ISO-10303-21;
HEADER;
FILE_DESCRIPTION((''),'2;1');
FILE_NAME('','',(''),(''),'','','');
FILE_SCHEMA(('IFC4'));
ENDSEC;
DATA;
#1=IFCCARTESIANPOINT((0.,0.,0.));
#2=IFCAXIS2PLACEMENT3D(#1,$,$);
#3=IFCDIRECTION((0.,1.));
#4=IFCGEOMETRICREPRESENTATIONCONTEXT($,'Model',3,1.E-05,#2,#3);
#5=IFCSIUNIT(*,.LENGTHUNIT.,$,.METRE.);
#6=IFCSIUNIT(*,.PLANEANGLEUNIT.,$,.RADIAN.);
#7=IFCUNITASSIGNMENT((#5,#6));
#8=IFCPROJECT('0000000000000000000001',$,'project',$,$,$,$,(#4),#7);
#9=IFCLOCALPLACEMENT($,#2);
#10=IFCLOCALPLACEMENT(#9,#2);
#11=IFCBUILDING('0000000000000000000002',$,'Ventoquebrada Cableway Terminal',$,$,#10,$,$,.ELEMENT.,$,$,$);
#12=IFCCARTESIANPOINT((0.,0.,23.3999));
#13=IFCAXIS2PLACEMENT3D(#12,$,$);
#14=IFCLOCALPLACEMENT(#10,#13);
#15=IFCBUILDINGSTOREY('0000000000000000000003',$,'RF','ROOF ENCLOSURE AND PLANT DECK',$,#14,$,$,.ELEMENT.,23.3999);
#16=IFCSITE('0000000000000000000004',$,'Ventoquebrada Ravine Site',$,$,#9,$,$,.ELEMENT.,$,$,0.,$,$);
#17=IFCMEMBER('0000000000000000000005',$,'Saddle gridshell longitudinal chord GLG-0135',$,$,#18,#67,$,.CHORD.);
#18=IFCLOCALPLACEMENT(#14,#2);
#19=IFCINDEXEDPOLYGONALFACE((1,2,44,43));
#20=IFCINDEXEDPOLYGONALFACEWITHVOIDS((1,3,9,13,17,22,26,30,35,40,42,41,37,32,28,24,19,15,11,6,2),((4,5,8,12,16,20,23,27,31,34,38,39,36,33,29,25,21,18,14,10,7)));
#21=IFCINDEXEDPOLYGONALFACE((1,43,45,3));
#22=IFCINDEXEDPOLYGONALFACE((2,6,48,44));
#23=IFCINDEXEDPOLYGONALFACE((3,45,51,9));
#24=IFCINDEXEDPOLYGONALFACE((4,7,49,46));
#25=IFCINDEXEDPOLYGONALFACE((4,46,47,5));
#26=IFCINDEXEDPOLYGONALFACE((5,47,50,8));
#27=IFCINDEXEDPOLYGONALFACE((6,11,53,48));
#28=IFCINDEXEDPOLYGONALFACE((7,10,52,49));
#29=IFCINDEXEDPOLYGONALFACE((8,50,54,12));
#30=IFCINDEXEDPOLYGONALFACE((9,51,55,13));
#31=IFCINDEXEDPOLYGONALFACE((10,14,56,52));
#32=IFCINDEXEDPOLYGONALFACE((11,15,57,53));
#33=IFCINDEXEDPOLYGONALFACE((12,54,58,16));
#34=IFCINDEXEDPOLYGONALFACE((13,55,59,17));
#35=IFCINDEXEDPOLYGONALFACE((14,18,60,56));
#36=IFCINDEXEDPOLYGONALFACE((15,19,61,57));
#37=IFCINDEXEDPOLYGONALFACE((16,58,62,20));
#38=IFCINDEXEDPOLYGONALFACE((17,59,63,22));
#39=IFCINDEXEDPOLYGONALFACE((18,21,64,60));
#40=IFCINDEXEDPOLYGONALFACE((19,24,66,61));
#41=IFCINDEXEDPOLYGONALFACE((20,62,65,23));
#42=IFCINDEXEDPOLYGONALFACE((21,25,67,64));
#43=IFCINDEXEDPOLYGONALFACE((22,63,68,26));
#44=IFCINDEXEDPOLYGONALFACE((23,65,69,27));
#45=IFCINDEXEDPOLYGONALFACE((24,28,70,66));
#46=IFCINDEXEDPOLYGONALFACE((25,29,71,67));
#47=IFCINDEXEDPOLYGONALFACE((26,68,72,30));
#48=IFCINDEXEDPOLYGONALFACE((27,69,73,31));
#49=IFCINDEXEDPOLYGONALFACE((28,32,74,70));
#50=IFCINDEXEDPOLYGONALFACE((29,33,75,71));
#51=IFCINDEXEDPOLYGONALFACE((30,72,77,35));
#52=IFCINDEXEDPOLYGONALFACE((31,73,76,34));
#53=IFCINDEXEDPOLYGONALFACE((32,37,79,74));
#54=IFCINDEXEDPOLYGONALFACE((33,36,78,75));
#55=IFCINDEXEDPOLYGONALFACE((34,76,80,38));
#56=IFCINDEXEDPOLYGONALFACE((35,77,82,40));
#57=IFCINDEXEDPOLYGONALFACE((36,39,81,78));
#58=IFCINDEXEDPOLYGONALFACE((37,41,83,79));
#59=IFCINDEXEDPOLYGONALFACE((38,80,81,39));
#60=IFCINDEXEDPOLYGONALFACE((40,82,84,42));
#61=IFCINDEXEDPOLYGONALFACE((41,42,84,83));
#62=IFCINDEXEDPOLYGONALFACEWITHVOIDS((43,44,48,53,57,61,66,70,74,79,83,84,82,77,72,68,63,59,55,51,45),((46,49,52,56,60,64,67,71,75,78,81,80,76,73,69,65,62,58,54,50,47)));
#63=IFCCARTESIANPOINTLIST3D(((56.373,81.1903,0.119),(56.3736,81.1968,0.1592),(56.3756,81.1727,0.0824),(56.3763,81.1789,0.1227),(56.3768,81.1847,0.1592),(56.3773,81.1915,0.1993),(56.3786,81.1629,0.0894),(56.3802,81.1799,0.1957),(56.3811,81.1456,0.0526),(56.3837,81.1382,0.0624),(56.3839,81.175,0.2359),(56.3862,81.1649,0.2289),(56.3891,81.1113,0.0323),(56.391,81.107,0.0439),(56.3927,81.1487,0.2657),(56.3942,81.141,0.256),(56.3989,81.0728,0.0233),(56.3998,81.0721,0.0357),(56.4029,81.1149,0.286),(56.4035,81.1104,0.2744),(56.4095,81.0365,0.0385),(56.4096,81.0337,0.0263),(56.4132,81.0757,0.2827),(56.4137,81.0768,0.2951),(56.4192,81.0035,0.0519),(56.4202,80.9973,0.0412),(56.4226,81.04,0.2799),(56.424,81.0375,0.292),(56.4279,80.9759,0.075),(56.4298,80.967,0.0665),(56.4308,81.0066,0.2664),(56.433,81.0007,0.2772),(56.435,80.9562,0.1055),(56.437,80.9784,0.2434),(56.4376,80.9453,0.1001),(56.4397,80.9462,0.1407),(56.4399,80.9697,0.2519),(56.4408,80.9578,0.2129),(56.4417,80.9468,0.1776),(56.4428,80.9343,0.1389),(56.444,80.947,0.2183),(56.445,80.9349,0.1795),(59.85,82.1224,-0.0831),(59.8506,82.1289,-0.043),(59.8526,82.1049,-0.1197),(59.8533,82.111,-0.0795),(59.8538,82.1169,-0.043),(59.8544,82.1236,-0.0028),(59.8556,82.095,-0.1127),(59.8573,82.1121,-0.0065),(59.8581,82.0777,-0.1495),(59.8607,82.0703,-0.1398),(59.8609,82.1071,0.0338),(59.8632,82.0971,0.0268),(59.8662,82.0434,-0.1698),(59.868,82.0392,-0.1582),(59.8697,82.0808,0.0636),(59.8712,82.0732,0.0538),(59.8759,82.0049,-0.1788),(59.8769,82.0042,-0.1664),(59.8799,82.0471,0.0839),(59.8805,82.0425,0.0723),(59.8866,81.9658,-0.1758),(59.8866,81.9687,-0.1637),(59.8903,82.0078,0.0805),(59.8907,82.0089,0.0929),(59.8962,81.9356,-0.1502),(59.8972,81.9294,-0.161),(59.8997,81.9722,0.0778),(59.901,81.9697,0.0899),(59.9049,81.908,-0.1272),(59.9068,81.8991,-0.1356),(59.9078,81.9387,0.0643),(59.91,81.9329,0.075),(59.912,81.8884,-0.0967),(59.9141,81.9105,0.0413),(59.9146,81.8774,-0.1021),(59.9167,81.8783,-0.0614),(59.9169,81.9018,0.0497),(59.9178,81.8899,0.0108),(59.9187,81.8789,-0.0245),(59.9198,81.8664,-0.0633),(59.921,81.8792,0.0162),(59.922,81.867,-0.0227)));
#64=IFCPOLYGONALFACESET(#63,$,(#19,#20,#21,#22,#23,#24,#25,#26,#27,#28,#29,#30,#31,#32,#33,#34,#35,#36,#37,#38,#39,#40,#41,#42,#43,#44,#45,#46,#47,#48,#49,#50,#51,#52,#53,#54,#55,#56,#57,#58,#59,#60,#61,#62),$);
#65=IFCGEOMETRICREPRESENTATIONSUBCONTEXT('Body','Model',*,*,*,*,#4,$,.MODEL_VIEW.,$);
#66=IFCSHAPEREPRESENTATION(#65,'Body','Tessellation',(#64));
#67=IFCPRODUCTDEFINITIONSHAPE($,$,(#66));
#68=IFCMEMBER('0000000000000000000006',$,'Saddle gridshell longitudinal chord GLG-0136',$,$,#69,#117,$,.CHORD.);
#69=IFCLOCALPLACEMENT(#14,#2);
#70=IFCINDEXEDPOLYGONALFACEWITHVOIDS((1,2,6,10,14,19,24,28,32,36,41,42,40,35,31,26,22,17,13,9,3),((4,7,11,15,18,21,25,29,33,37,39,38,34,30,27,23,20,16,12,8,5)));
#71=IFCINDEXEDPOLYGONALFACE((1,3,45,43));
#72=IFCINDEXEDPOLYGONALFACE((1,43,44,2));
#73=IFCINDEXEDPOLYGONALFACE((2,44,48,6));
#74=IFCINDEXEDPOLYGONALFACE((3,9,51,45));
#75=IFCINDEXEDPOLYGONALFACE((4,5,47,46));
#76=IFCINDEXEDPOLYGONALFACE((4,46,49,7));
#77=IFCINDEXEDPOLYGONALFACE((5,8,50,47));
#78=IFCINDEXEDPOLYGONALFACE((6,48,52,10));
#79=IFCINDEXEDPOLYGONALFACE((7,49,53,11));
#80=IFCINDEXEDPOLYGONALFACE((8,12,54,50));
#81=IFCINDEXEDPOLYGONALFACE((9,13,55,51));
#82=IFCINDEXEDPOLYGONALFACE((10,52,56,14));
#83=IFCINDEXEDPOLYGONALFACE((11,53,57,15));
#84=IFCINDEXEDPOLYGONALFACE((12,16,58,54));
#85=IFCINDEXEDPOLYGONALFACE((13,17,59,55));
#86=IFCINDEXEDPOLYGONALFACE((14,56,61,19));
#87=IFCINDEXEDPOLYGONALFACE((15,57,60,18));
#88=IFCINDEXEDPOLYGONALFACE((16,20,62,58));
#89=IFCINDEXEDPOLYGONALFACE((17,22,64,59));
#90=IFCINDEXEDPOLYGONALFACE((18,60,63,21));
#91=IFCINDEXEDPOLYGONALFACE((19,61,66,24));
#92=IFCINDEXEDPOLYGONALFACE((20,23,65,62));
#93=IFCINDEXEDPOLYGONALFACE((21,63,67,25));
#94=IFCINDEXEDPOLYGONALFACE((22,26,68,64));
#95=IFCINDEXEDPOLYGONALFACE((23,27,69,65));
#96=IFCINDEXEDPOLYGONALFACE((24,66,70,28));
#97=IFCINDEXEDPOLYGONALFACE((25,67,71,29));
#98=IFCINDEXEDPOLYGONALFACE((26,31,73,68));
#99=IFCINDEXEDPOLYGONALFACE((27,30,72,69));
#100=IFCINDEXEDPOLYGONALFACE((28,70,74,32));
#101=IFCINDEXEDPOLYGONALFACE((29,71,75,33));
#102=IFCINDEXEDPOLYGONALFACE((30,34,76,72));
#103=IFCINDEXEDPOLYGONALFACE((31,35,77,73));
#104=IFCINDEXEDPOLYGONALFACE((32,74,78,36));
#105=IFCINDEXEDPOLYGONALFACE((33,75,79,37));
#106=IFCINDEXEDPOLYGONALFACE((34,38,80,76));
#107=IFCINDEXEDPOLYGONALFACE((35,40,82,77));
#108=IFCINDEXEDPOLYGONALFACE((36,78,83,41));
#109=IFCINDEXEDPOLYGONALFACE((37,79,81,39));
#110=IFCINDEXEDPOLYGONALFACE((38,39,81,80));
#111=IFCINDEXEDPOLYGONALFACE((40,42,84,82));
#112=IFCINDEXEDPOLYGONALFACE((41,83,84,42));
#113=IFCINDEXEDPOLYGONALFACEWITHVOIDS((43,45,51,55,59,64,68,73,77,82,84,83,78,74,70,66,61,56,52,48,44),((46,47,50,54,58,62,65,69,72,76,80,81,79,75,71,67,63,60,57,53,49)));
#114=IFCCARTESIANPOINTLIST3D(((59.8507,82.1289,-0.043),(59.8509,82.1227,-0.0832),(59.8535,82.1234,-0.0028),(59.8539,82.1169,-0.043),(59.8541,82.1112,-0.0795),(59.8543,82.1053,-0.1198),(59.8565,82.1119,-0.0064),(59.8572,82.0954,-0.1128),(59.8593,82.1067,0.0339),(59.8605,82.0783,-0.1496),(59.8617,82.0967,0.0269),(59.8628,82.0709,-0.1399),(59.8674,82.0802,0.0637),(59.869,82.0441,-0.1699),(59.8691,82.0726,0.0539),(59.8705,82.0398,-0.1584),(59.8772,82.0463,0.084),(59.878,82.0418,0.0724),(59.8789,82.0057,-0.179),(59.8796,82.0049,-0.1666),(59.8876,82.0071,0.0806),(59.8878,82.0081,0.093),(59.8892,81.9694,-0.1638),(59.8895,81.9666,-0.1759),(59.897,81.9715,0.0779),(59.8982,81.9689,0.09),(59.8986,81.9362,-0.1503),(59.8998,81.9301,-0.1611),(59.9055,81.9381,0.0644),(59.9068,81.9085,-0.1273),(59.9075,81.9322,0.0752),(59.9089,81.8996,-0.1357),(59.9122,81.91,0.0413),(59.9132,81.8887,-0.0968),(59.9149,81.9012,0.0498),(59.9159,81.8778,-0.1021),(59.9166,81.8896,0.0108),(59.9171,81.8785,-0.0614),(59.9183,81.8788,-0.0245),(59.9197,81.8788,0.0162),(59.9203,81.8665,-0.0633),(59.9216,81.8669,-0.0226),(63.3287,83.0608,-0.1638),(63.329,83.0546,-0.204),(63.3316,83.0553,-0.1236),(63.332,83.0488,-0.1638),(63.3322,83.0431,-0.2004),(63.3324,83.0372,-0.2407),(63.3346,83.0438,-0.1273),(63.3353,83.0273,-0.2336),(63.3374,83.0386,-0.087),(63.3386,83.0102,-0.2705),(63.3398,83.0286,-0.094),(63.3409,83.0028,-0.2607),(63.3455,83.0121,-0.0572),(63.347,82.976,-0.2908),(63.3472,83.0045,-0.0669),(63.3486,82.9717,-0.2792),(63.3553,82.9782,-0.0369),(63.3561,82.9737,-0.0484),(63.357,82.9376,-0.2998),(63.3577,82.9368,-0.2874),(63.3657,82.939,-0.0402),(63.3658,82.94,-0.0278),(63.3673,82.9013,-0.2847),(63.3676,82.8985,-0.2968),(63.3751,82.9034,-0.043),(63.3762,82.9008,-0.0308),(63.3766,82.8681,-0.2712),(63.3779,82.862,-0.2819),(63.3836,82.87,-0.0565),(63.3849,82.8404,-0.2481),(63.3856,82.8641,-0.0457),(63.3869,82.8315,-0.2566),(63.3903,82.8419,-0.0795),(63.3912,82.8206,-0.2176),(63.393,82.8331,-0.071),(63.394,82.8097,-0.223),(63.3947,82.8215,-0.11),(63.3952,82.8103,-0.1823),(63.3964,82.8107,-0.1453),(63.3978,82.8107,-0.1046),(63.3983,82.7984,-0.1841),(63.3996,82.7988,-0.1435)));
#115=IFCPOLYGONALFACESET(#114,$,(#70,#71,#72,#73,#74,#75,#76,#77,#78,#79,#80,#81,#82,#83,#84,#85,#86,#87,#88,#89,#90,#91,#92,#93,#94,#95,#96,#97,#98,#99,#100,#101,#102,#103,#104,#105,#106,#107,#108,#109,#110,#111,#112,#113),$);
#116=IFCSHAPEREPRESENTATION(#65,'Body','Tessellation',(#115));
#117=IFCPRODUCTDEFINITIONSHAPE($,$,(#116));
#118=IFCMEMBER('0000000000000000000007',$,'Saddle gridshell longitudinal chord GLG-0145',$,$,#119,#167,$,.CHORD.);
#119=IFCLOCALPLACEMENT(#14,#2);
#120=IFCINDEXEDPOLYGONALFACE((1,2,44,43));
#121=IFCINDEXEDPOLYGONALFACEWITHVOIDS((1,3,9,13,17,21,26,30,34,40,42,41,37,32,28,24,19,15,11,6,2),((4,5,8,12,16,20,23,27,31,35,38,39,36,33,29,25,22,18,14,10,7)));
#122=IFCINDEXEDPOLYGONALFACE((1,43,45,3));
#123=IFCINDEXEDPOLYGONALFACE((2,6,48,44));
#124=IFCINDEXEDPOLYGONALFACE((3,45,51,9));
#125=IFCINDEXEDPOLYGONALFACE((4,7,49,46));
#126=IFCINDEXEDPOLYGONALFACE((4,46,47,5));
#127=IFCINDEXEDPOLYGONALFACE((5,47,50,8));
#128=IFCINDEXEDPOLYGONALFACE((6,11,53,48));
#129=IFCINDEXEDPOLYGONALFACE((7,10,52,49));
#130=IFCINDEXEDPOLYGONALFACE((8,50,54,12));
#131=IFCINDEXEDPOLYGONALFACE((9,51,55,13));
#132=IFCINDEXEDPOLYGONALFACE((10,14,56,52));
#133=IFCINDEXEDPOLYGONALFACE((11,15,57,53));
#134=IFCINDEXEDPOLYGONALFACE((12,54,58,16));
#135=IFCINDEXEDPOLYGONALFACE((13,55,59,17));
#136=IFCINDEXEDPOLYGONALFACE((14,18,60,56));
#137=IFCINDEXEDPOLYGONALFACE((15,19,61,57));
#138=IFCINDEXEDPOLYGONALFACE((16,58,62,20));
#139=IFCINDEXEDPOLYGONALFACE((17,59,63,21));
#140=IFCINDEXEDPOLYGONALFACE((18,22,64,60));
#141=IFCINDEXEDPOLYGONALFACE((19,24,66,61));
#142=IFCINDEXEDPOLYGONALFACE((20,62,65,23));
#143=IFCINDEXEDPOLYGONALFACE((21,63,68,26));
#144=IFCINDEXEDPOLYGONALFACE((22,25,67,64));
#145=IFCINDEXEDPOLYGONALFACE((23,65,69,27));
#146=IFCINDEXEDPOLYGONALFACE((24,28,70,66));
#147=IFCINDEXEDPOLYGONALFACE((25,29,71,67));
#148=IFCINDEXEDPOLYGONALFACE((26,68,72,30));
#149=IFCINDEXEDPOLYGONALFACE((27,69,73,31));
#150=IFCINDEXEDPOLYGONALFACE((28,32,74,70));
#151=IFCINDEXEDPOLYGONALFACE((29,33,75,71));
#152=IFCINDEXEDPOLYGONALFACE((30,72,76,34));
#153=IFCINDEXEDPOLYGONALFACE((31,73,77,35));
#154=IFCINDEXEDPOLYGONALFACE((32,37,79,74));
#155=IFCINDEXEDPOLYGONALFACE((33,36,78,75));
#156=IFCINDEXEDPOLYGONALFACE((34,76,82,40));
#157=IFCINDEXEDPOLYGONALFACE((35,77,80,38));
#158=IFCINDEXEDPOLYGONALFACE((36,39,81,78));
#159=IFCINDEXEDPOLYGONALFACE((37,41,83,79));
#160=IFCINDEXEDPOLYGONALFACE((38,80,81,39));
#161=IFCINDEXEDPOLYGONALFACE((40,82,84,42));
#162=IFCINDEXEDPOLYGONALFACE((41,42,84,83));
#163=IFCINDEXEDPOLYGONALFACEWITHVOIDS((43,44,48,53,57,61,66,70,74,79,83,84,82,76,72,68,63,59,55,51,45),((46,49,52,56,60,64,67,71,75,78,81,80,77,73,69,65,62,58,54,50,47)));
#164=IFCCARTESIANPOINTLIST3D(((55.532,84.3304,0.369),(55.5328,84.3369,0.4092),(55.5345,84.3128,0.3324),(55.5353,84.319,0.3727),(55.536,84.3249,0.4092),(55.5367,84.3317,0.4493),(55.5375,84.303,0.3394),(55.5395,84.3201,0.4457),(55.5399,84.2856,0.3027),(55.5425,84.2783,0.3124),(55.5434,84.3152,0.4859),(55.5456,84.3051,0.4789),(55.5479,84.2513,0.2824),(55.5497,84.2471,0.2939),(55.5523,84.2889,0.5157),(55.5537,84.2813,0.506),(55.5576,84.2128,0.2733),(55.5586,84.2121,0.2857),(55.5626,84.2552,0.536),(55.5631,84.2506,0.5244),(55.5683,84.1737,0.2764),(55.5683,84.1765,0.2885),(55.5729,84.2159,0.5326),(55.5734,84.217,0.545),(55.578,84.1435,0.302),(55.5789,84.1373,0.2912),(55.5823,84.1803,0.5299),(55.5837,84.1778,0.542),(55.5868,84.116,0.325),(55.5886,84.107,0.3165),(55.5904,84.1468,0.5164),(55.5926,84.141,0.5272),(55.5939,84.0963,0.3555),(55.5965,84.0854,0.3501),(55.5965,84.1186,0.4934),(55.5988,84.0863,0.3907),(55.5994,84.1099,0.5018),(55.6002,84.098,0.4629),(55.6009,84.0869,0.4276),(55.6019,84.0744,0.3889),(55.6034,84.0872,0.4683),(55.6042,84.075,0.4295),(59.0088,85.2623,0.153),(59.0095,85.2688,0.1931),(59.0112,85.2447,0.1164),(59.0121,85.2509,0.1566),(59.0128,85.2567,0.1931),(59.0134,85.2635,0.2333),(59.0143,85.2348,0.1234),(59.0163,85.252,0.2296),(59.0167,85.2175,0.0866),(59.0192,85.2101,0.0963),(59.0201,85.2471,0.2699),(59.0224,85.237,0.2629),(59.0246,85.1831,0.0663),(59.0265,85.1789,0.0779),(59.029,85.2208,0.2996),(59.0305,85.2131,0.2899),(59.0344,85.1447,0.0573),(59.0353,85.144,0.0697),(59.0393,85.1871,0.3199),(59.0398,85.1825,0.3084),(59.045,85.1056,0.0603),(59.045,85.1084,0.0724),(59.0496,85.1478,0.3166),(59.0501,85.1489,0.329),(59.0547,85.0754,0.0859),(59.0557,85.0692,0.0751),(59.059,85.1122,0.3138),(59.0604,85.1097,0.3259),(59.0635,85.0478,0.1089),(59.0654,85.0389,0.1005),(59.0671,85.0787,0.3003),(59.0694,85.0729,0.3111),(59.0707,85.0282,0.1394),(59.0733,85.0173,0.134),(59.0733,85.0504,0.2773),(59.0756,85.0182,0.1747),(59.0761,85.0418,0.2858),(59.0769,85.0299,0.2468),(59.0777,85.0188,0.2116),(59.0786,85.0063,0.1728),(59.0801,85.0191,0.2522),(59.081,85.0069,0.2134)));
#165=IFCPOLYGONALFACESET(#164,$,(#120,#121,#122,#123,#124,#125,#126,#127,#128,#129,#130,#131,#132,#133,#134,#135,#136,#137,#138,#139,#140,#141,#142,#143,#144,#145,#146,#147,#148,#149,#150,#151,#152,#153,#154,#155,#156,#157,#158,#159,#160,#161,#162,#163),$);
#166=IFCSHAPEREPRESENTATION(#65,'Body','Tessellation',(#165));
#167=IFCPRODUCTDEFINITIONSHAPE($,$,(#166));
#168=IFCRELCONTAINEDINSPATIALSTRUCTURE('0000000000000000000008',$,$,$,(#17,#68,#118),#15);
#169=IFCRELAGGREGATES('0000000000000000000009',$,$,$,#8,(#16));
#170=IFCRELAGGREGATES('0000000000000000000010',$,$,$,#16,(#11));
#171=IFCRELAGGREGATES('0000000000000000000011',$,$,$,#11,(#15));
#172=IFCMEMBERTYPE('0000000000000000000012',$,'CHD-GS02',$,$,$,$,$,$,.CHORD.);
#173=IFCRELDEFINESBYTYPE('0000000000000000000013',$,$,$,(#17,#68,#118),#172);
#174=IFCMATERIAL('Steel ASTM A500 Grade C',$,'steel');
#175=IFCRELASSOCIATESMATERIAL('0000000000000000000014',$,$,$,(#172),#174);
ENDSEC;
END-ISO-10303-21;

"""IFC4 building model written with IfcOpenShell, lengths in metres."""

from ifc_helpers import new_model, si_unit, direction, frame, origin, origin_2d, place, context, subcontext, project, spatial, hollow_circle, extrude, material, material_profile, profile_set, type_object, element, save


model = new_model("IFC4")

# Units and contexts
model_context = context("Model", 3, precision=1e-05, world=origin(), true_north=direction((0.0, 1.0)))
body_context = subcontext(model_context, "Body", "Model", "MODEL_VIEW")
ifc_project = project(units=[si_unit("LENGTHUNIT", "METRE"), si_unit("PLANEANGLEUNIT", "RADIAN")], contexts=[model_context])

# Site, building, storey
site_placement = place(None, origin())
site = spatial("IfcSite", under=ifc_project, at=site_placement, Name="Ventoquebrada Ravine Site", CompositionType="ELEMENT", RefElevation=0.0)
building_placement = place(site_placement, origin())
building = spatial("IfcBuilding", under=site, at=building_placement, Name="Ventoquebrada Cableway Terminal", CompositionType="ELEMENT")
storey_placement = place(building_placement, frame((0.0, 0.0, 23.3999)))
storey = spatial("IfcBuildingStorey", under=building, at=storey_placement, Name="RF", Description="ROOF ENCLOSURE AND PLANT DECK", CompositionType="ELEMENT", Elevation=23.3999)

# Members
ifc_material_1 = material(Name="Steel ASTM A500 Grade C", Category="steel")
ifc_material_profile_1 = material_profile(ifc_material_1, hollow_circle(Radius=0.1365, WallThickness=0.0125, at=origin_2d()), Name="CHS273.0X12.5")
ifc_profile_set_1 = profile_set([ifc_material_profile_1], Name="Steel ASTM A500 Grade C")
member_type_1 = type_object("IfcMemberType", Name="CHD-GS02", PredefinedType="CHORD", material=ifc_profile_set_1)
member_1_placement = place(storey_placement, frame((56.4089, 81.0649, 0.1592), z_axis=(0.964375, 0.25853, -0.056067), x_axis=(-0.258937, 0.965894, 0.0)))
element("IfcMember", 1, at=member_1_placement, inside=storey, type_object=member_type_1, Name="Saddle gridshell longitudinal chord GLG-0135", PredefinedType="CHORD", context=body_context, shape_type="SweptSolid", body=[
    extrude(hollow_circle(Radius=0.1365, WallThickness=0.0125, at=origin_2d()), origin(), (0.0, 0.0, 1.0), 3.6055),
])
member_2_placement = place(storey_placement, frame((59.886, 81.9971, -0.043), z_axis=(0.965386, 0.25866, -0.033544), x_axis=(-0.258806, 0.965929, 0.0)))
element("IfcMember", 2, at=member_2_placement, inside=storey, type_object=member_type_1, Name="Saddle gridshell longitudinal chord GLG-0136", PredefinedType="CHORD", context=body_context, shape_type="SweptSolid", body=[
    extrude(hollow_circle(Radius=0.1365, WallThickness=0.0125, at=origin_2d()), origin(), (0.0, 0.0, 1.0), 3.6028),
])
member_3_placement = place(storey_placement, frame((55.5681, 84.2051, 0.4092), z_axis=(0.964171, 0.258426, -0.059918), x_axis=(-0.258891, 0.965907, 0.0)))
element("IfcMember", 3, at=member_3_placement, inside=storey, type_object=member_type_1, Name="Saddle gridshell longitudinal chord GLG-0145", PredefinedType="CHORD", context=body_context, shape_type="SweptSolid", body=[
    extrude(hollow_circle(Radius=0.1365, WallThickness=0.0125, at=origin_2d()), origin(), (0.0, 0.0, 1.0), 3.606),
])

save(model, "model.ifc")
